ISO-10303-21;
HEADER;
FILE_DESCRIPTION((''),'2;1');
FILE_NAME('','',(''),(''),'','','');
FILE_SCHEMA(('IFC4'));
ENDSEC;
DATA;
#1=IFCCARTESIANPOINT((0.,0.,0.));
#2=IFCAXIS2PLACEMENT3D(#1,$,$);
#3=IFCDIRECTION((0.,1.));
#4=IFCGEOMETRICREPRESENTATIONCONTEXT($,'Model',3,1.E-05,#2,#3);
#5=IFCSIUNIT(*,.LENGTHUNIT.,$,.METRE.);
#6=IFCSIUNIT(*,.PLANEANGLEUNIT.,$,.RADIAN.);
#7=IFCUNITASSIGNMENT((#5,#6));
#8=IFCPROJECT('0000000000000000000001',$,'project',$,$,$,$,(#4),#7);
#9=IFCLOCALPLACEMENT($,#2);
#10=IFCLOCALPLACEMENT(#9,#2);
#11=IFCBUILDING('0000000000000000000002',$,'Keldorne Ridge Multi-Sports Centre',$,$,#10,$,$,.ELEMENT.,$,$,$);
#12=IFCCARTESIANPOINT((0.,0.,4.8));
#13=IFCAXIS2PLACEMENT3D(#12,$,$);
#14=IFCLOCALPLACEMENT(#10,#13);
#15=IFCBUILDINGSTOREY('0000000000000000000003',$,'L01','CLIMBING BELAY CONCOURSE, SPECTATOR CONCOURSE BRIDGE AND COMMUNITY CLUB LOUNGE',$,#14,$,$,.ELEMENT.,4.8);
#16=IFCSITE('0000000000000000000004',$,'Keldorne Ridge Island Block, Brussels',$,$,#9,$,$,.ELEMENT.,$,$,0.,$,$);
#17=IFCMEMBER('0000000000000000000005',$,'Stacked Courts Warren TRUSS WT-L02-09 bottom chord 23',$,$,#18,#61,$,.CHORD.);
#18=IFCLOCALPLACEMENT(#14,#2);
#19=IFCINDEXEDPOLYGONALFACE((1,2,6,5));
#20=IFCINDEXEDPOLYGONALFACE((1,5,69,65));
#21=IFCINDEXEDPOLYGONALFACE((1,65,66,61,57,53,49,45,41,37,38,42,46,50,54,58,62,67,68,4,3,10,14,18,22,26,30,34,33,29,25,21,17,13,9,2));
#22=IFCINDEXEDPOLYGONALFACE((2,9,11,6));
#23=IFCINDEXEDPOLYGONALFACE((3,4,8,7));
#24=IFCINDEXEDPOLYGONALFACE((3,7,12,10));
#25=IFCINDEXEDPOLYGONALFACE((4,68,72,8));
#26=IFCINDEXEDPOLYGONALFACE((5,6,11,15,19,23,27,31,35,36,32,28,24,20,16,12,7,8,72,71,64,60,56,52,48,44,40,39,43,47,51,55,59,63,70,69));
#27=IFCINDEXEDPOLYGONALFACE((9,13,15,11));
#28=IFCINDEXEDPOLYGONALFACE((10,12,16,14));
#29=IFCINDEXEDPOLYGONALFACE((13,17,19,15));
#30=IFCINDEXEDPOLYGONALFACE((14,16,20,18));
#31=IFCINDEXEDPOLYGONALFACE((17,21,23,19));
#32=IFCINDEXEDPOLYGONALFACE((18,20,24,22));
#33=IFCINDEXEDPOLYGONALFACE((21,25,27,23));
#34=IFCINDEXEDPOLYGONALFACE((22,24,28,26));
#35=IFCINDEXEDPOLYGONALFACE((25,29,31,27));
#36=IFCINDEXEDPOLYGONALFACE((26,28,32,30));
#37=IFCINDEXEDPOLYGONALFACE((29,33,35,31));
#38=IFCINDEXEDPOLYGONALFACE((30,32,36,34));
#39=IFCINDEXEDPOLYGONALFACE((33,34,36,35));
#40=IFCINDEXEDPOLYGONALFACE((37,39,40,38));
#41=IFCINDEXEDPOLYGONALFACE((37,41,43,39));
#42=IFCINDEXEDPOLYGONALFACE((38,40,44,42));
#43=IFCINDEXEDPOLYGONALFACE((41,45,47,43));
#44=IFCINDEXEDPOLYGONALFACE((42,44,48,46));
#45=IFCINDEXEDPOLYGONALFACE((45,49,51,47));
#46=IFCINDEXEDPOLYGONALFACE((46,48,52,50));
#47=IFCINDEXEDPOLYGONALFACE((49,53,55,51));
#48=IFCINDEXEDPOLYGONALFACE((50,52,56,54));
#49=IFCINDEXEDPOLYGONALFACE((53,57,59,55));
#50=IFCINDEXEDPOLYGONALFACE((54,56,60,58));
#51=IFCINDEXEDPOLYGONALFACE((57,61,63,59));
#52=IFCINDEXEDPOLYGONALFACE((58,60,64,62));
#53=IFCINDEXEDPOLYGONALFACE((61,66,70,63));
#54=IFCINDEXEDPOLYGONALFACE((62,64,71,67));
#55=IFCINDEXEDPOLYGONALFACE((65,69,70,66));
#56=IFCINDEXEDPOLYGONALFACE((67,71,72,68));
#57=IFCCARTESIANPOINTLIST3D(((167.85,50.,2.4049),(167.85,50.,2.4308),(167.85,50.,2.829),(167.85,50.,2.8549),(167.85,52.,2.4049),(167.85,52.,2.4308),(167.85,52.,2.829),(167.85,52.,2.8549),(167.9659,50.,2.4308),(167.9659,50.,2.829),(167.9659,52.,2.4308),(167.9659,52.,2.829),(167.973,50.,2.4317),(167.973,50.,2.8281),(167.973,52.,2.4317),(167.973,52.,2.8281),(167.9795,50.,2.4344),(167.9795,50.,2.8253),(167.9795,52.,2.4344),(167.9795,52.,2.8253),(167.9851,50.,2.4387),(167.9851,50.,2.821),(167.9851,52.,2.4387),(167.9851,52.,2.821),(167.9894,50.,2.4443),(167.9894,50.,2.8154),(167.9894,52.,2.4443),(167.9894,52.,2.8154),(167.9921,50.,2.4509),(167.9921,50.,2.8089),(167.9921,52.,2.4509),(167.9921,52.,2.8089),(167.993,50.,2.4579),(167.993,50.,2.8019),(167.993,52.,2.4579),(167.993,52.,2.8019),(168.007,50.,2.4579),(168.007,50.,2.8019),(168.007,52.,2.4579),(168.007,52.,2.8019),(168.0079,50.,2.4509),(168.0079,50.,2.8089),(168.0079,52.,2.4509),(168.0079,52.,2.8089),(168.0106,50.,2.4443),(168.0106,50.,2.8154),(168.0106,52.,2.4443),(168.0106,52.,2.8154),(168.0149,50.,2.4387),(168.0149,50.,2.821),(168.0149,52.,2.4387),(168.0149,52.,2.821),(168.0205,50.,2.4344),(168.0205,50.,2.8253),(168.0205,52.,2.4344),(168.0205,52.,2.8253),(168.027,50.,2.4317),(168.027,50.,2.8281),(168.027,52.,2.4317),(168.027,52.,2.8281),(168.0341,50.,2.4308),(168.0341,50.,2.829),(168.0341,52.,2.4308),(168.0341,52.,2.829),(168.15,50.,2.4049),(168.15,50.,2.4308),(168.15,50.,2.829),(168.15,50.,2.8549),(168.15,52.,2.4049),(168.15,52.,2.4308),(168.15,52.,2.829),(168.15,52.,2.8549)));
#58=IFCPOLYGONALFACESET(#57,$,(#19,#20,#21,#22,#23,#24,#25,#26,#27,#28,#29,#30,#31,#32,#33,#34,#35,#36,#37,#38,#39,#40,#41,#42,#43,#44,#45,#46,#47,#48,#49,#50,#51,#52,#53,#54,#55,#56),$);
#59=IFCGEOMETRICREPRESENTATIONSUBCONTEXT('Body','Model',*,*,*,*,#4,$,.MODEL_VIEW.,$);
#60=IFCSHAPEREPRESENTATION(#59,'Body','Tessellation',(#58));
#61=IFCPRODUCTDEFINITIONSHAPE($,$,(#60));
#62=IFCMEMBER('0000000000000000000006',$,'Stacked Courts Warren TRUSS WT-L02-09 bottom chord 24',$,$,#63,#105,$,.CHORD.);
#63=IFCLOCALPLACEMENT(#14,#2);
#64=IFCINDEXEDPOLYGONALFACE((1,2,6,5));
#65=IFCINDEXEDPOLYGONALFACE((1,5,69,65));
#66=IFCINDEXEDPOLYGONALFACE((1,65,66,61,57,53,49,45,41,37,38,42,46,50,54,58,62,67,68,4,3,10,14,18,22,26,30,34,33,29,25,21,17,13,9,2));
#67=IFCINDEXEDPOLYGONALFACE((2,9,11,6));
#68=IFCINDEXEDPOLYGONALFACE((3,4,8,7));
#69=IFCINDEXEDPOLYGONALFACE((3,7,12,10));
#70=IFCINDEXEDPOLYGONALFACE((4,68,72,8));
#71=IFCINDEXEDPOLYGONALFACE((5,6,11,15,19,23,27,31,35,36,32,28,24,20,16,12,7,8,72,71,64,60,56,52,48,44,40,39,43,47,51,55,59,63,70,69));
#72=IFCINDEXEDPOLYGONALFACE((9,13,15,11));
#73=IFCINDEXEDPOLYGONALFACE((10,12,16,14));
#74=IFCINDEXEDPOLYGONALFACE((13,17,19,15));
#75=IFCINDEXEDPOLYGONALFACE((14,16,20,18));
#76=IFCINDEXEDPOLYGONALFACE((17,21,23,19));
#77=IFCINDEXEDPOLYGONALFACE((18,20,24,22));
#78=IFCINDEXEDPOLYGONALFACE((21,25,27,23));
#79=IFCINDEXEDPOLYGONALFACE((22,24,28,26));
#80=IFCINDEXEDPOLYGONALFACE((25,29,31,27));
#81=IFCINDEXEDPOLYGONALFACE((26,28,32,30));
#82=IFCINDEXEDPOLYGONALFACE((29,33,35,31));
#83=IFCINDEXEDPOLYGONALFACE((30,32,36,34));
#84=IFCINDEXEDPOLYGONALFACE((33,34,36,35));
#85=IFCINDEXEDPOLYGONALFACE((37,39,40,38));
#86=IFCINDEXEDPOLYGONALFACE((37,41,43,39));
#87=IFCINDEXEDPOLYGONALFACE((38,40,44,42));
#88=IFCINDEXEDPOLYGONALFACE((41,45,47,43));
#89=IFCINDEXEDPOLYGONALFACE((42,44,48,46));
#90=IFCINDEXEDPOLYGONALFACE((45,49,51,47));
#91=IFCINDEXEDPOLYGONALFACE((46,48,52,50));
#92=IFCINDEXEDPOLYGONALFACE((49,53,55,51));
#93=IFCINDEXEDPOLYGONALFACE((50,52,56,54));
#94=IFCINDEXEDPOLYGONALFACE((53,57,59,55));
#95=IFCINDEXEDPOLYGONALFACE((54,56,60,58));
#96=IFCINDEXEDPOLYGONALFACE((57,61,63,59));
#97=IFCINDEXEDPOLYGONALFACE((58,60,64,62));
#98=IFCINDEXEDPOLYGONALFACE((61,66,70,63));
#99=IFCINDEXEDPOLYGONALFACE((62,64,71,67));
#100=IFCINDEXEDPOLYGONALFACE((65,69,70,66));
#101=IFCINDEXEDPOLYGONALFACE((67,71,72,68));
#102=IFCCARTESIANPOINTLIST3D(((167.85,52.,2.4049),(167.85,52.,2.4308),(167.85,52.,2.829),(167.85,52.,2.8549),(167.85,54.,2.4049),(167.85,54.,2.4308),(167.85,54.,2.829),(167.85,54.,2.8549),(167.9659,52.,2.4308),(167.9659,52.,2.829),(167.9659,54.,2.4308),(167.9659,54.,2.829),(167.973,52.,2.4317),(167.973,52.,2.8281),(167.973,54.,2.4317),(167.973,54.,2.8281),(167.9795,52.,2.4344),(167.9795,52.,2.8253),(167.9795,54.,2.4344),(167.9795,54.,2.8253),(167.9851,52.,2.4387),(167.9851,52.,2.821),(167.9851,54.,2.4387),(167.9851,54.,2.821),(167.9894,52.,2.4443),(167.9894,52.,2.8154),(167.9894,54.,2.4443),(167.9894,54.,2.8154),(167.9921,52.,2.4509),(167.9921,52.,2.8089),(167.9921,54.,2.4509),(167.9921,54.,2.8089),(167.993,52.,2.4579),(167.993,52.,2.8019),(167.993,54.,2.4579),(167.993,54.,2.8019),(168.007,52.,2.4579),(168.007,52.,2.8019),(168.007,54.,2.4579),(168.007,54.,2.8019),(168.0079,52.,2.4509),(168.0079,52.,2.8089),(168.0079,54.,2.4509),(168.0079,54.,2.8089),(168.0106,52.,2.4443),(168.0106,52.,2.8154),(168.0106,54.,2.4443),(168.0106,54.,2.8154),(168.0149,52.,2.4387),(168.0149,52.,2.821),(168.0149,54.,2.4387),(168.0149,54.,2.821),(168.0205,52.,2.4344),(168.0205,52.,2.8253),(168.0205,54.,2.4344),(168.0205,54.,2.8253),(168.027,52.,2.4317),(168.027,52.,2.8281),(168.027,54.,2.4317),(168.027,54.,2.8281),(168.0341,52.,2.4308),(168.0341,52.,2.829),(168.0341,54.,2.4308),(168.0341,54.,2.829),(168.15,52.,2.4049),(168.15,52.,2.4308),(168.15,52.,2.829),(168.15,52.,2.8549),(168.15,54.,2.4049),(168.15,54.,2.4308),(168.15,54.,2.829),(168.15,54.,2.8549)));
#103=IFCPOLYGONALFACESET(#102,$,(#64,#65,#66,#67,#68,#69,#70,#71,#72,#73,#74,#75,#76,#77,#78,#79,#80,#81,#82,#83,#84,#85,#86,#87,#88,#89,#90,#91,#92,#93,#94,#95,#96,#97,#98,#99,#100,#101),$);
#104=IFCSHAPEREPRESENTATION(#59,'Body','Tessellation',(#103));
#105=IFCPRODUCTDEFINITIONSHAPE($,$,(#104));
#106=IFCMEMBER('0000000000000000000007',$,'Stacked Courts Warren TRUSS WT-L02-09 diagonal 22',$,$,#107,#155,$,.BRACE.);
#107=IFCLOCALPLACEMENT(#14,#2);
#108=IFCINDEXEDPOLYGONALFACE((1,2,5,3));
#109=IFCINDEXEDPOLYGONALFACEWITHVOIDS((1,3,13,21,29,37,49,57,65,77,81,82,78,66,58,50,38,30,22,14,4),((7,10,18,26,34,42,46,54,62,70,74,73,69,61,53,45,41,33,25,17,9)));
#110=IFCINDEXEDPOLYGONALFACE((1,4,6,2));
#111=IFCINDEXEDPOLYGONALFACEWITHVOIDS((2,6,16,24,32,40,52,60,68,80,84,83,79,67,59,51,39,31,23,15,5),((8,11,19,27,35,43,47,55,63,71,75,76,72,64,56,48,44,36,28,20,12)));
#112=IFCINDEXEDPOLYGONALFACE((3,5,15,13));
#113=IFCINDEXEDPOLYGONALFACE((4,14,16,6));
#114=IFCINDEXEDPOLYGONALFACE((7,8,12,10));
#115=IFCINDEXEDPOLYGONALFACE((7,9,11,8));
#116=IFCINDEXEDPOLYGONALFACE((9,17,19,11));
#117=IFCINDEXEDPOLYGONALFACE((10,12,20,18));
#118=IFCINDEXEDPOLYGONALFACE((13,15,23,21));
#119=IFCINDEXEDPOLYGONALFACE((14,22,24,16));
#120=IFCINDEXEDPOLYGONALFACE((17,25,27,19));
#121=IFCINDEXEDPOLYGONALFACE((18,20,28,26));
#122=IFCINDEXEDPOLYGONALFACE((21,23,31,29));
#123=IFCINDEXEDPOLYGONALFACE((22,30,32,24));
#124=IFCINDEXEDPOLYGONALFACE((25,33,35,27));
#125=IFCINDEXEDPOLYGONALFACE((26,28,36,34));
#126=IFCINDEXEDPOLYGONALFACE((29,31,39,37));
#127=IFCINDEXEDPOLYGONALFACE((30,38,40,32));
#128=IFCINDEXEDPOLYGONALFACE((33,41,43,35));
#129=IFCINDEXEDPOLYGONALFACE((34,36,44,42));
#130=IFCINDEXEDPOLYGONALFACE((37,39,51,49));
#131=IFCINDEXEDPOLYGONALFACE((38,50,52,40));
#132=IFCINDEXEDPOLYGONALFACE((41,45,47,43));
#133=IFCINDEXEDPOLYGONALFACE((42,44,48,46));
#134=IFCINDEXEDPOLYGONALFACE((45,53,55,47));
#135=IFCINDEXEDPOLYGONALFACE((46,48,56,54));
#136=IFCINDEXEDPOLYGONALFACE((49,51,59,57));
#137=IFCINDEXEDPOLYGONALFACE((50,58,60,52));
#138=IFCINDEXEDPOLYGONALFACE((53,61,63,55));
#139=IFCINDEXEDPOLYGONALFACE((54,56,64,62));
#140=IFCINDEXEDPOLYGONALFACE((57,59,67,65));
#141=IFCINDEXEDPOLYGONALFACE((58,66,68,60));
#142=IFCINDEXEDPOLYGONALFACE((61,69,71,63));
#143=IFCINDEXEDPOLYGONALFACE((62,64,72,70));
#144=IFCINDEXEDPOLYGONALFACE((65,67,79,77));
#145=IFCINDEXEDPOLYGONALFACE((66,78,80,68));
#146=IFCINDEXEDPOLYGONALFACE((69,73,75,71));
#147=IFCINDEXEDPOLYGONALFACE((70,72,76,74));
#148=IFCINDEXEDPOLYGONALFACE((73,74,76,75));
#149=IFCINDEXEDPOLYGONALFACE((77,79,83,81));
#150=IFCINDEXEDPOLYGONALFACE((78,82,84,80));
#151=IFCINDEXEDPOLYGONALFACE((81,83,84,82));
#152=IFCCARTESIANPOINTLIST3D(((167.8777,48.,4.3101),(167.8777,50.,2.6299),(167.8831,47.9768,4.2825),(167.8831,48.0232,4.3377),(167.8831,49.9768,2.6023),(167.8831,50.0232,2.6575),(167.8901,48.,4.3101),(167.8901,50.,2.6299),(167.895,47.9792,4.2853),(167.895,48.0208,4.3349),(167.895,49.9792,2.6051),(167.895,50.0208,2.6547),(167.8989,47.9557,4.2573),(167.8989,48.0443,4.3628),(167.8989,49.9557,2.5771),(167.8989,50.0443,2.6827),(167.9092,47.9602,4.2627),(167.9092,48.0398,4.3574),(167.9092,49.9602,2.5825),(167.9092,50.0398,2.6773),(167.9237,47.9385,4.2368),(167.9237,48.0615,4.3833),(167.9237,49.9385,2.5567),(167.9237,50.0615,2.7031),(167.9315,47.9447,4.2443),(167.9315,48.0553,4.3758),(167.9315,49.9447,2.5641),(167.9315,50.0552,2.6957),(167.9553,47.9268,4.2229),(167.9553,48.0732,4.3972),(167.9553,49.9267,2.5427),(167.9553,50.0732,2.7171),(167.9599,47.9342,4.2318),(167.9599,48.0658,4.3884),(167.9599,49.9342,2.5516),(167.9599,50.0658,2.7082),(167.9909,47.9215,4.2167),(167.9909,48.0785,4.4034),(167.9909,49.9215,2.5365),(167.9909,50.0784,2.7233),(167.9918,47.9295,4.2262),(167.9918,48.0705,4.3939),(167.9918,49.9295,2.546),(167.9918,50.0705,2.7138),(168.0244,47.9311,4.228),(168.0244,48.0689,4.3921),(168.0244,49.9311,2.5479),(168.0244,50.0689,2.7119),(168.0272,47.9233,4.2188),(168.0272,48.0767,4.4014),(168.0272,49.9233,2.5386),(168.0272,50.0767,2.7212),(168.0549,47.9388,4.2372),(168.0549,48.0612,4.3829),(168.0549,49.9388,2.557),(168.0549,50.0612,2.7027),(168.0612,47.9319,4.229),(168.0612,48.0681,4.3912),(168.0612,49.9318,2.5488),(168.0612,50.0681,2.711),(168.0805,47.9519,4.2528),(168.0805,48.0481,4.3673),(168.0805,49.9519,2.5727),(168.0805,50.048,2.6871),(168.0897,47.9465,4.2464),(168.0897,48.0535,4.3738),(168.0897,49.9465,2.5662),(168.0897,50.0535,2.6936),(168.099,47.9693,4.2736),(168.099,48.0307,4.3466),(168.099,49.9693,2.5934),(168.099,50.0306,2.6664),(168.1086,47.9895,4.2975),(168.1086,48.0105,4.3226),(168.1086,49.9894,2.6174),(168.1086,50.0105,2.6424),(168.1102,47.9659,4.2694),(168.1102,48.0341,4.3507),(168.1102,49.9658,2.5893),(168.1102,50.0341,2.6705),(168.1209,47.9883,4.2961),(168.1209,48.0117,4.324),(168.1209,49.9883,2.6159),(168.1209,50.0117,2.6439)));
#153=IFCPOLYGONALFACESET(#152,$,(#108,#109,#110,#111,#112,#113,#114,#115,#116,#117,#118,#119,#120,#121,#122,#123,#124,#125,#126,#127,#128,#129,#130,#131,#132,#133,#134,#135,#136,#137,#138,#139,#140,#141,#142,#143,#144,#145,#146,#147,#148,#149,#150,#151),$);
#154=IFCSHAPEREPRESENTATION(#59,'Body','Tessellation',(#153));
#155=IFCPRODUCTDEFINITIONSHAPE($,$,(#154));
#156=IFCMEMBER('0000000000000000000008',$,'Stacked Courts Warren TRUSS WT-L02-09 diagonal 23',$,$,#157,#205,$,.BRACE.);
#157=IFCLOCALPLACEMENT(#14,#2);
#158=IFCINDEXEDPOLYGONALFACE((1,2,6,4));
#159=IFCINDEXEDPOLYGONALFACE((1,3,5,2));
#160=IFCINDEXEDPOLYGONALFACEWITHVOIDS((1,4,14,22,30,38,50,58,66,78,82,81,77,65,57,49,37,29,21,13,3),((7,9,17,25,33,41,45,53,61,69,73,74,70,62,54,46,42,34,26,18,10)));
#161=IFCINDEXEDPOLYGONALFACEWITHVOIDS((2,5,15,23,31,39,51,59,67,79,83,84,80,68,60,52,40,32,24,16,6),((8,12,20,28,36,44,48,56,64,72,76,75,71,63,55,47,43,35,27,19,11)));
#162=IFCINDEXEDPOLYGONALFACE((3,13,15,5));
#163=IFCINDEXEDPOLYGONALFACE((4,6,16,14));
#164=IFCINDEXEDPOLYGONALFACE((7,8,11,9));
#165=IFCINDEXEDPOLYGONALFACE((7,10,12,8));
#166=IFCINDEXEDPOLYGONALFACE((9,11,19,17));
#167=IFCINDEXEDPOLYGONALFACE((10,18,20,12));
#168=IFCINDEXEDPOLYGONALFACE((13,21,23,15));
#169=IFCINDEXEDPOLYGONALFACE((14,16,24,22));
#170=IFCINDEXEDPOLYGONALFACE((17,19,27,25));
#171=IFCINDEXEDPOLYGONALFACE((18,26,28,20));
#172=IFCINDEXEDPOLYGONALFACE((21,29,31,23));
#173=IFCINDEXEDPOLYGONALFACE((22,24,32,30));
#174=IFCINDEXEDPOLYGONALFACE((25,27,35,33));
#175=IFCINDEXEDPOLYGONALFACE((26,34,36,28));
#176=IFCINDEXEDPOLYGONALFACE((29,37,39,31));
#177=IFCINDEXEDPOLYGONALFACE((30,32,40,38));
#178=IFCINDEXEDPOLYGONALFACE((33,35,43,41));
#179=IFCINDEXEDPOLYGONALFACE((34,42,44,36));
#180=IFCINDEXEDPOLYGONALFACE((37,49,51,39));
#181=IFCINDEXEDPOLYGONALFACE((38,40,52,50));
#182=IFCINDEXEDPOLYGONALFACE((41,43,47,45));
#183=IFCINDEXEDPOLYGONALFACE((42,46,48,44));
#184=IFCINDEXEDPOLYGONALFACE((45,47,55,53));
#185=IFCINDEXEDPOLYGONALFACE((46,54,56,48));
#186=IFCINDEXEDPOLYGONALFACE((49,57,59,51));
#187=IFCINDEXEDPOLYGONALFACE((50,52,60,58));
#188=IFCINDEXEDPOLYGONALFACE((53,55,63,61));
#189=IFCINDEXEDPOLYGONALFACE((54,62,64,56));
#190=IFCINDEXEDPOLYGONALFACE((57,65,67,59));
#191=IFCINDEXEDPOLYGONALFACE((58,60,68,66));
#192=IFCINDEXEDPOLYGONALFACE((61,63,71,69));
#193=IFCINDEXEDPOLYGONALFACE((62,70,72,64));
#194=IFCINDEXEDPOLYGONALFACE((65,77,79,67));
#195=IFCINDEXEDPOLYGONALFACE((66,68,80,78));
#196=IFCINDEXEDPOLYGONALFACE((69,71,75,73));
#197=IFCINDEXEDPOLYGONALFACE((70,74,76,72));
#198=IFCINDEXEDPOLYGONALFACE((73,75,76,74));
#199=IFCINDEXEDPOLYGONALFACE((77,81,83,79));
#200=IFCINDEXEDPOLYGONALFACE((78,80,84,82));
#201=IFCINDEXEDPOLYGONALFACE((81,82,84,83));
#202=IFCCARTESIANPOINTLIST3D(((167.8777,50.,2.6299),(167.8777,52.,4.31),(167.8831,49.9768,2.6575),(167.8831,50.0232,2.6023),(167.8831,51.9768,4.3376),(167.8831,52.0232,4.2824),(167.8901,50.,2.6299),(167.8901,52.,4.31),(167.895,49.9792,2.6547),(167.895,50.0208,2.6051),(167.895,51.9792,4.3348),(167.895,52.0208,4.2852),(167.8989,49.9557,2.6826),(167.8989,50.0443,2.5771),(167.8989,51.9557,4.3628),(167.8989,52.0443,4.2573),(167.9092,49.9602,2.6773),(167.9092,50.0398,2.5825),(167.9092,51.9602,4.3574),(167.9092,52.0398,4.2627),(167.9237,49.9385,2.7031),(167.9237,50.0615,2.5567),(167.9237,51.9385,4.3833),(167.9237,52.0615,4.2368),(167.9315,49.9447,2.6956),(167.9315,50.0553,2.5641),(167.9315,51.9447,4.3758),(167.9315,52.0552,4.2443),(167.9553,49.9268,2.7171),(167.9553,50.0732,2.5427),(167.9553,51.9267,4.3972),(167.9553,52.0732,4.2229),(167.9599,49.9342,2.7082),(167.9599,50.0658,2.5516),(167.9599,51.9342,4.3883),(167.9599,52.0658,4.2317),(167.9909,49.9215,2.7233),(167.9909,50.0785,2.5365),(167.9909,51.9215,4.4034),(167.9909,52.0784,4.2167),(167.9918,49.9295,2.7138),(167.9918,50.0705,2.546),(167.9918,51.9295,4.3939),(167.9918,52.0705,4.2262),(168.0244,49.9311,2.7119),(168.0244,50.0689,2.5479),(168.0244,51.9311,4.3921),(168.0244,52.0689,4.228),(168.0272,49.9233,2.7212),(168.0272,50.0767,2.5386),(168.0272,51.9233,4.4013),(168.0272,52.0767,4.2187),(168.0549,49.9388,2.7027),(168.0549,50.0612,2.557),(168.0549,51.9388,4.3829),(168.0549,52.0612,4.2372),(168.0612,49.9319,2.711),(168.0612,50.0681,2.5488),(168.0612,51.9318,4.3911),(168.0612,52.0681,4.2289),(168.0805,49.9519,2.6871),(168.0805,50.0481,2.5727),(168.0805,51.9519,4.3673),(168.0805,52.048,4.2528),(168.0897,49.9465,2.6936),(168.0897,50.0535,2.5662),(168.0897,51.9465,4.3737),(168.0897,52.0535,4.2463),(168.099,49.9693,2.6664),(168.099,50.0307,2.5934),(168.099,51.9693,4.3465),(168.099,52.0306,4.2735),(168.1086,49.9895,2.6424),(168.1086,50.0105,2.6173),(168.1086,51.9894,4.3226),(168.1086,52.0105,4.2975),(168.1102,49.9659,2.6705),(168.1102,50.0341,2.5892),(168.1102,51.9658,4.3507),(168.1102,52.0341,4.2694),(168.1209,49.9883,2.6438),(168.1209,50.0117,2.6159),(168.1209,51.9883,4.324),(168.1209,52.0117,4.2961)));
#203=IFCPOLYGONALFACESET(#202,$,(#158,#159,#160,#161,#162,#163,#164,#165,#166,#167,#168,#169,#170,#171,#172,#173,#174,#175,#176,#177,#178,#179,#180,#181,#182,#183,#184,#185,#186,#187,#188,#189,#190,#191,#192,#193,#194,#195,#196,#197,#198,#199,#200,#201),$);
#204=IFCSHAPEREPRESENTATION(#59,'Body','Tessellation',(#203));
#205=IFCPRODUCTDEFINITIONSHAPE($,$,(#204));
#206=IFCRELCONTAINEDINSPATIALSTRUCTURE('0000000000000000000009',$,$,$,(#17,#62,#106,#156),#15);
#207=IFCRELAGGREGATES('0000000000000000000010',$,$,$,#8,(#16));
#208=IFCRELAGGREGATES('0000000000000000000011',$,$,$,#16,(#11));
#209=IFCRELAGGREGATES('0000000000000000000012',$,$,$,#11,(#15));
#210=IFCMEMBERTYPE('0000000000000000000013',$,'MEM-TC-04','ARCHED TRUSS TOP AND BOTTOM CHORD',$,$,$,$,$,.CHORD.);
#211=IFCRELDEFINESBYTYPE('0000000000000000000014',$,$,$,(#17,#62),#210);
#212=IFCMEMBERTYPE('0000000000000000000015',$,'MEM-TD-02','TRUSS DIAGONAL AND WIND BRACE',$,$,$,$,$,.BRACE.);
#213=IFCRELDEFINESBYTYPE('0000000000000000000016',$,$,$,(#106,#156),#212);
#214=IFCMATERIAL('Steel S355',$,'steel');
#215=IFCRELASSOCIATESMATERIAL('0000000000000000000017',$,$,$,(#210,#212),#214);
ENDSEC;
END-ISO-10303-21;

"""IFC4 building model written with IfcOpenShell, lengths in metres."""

from ifc_helpers import new_model, si_unit, direction, frame, origin, origin_2d, place, context, subcontext, project, spatial, hollow_circle, i_section, extrude, material, material_profile, profile_set, type_object, element, save


model = new_model("IFC4")

# Units and contexts
model_context = context("Model", 3, precision=1e-05, world=origin(), true_north=direction((0.0, 1.0)))
body_context = subcontext(model_context, "Body", "Model", "MODEL_VIEW")
ifc_project = project(units=[si_unit("LENGTHUNIT", "METRE"), si_unit("PLANEANGLEUNIT", "RADIAN")], contexts=[model_context])

# Site, building, storey
site_placement = place(None, origin())
site = spatial("IfcSite", under=ifc_project, at=site_placement, Name="Keldorne Ridge Island Block, Brussels", CompositionType="ELEMENT", RefElevation=0.0)
building_placement = place(site_placement, origin())
building = spatial("IfcBuilding", under=site, at=building_placement, Name="Keldorne Ridge Multi-Sports Centre", CompositionType="ELEMENT")
storey_placement = place(building_placement, frame((0.0, 0.0, 4.8)))
storey = spatial("IfcBuildingStorey", under=building, at=storey_placement, Name="L01", Description="CLIMBING BELAY CONCOURSE, SPECTATOR CONCOURSE BRIDGE AND COMMUNITY CLUB LOUNGE", CompositionType="ELEMENT", Elevation=4.8)

# Shared definitions
ifc_material_1 = material(Name="Steel S355", Category="steel")

# Members
ifc_material_profile_1 = material_profile(ifc_material_1, i_section(OverallWidth=0.3, OverallDepth=0.45, WebThickness=0.0139, FlangeThickness=0.0259, FilletRadius=0.0271, at=origin_2d()), Name="HEB 450")
ifc_profile_set_1 = profile_set([ifc_material_profile_1], Name="Steel S355")
member_type_1 = type_object("IfcMemberType", Name="MEM-TC-04", Description="ARCHED TRUSS TOP AND BOTTOM CHORD", PredefinedType="CHORD", material=ifc_profile_set_1)
for number, where, z_axis, x_axis, name in (
    (1, (168.0, 50.0, 2.6299), (0.0, 1.0, 0.0), (-1.0, 0.0, 0.0), "Stacked Courts Warren TRUSS WT-L02-09 bottom chord 23"),
    (2, (168.0, 52.0, 2.6299), (0.0, 1.0, 0.0), (-1.0, 0.0, 0.0), "Stacked Courts Warren TRUSS WT-L02-09 bottom chord 24"),
):
    element("IfcMember", number, at=place(storey_placement, frame(where, z_axis=z_axis, x_axis=x_axis)), inside=storey, type_object=member_type_1, Name=name, PredefinedType="CHORD", context=body_context, shape_type="SweptSolid", body=[
        extrude(i_section(OverallWidth=0.3, OverallDepth=0.45, WebThickness=0.0139, FlangeThickness=0.0259, FilletRadius=0.0271, at=origin_2d()), origin(), (0.0, 0.0, 1.0), 2.0),
    ])
ifc_material_profile_2 = material_profile(ifc_material_1, hollow_circle(Radius=0.1223, WallThickness=0.0125, at=origin_2d()), Name="CHS 244.5x12.5")
ifc_profile_set_2 = profile_set([ifc_material_profile_2], Name="Steel S355")
member_type_2 = type_object("IfcMemberType", Name="MEM-TD-02", Description="TRUSS DIAGONAL AND WIND BRACE", PredefinedType="BRACE", material=ifc_profile_set_2)
for number, where, z_axis, x_axis, name in (
    (3, (168.0, 48.0, 4.3101), (0.0, 0.765672, -0.643232), (-1.0, 0.0, 0.0), "Stacked Courts Warren TRUSS WT-L02-09 diagonal 22"),
    (4, (168.0, 50.0, 2.6299), (0.0, 0.765672, 0.643232), (-1.0, 0.0, 0.0), "Stacked Courts Warren TRUSS WT-L02-09 diagonal 23"),
):
    element("IfcMember", number, at=place(storey_placement, frame(where, z_axis=z_axis, x_axis=x_axis)), inside=storey, type_object=member_type_2, Name=name, PredefinedType="BRACE", context=body_context, shape_type="SweptSolid", body=[
        extrude(hollow_circle(Radius=0.1223, WallThickness=0.0125, at=origin_2d()), origin(), (0.0, 0.0, 1.0), 2.6121),
    ])

save(model, "model.ifc")
